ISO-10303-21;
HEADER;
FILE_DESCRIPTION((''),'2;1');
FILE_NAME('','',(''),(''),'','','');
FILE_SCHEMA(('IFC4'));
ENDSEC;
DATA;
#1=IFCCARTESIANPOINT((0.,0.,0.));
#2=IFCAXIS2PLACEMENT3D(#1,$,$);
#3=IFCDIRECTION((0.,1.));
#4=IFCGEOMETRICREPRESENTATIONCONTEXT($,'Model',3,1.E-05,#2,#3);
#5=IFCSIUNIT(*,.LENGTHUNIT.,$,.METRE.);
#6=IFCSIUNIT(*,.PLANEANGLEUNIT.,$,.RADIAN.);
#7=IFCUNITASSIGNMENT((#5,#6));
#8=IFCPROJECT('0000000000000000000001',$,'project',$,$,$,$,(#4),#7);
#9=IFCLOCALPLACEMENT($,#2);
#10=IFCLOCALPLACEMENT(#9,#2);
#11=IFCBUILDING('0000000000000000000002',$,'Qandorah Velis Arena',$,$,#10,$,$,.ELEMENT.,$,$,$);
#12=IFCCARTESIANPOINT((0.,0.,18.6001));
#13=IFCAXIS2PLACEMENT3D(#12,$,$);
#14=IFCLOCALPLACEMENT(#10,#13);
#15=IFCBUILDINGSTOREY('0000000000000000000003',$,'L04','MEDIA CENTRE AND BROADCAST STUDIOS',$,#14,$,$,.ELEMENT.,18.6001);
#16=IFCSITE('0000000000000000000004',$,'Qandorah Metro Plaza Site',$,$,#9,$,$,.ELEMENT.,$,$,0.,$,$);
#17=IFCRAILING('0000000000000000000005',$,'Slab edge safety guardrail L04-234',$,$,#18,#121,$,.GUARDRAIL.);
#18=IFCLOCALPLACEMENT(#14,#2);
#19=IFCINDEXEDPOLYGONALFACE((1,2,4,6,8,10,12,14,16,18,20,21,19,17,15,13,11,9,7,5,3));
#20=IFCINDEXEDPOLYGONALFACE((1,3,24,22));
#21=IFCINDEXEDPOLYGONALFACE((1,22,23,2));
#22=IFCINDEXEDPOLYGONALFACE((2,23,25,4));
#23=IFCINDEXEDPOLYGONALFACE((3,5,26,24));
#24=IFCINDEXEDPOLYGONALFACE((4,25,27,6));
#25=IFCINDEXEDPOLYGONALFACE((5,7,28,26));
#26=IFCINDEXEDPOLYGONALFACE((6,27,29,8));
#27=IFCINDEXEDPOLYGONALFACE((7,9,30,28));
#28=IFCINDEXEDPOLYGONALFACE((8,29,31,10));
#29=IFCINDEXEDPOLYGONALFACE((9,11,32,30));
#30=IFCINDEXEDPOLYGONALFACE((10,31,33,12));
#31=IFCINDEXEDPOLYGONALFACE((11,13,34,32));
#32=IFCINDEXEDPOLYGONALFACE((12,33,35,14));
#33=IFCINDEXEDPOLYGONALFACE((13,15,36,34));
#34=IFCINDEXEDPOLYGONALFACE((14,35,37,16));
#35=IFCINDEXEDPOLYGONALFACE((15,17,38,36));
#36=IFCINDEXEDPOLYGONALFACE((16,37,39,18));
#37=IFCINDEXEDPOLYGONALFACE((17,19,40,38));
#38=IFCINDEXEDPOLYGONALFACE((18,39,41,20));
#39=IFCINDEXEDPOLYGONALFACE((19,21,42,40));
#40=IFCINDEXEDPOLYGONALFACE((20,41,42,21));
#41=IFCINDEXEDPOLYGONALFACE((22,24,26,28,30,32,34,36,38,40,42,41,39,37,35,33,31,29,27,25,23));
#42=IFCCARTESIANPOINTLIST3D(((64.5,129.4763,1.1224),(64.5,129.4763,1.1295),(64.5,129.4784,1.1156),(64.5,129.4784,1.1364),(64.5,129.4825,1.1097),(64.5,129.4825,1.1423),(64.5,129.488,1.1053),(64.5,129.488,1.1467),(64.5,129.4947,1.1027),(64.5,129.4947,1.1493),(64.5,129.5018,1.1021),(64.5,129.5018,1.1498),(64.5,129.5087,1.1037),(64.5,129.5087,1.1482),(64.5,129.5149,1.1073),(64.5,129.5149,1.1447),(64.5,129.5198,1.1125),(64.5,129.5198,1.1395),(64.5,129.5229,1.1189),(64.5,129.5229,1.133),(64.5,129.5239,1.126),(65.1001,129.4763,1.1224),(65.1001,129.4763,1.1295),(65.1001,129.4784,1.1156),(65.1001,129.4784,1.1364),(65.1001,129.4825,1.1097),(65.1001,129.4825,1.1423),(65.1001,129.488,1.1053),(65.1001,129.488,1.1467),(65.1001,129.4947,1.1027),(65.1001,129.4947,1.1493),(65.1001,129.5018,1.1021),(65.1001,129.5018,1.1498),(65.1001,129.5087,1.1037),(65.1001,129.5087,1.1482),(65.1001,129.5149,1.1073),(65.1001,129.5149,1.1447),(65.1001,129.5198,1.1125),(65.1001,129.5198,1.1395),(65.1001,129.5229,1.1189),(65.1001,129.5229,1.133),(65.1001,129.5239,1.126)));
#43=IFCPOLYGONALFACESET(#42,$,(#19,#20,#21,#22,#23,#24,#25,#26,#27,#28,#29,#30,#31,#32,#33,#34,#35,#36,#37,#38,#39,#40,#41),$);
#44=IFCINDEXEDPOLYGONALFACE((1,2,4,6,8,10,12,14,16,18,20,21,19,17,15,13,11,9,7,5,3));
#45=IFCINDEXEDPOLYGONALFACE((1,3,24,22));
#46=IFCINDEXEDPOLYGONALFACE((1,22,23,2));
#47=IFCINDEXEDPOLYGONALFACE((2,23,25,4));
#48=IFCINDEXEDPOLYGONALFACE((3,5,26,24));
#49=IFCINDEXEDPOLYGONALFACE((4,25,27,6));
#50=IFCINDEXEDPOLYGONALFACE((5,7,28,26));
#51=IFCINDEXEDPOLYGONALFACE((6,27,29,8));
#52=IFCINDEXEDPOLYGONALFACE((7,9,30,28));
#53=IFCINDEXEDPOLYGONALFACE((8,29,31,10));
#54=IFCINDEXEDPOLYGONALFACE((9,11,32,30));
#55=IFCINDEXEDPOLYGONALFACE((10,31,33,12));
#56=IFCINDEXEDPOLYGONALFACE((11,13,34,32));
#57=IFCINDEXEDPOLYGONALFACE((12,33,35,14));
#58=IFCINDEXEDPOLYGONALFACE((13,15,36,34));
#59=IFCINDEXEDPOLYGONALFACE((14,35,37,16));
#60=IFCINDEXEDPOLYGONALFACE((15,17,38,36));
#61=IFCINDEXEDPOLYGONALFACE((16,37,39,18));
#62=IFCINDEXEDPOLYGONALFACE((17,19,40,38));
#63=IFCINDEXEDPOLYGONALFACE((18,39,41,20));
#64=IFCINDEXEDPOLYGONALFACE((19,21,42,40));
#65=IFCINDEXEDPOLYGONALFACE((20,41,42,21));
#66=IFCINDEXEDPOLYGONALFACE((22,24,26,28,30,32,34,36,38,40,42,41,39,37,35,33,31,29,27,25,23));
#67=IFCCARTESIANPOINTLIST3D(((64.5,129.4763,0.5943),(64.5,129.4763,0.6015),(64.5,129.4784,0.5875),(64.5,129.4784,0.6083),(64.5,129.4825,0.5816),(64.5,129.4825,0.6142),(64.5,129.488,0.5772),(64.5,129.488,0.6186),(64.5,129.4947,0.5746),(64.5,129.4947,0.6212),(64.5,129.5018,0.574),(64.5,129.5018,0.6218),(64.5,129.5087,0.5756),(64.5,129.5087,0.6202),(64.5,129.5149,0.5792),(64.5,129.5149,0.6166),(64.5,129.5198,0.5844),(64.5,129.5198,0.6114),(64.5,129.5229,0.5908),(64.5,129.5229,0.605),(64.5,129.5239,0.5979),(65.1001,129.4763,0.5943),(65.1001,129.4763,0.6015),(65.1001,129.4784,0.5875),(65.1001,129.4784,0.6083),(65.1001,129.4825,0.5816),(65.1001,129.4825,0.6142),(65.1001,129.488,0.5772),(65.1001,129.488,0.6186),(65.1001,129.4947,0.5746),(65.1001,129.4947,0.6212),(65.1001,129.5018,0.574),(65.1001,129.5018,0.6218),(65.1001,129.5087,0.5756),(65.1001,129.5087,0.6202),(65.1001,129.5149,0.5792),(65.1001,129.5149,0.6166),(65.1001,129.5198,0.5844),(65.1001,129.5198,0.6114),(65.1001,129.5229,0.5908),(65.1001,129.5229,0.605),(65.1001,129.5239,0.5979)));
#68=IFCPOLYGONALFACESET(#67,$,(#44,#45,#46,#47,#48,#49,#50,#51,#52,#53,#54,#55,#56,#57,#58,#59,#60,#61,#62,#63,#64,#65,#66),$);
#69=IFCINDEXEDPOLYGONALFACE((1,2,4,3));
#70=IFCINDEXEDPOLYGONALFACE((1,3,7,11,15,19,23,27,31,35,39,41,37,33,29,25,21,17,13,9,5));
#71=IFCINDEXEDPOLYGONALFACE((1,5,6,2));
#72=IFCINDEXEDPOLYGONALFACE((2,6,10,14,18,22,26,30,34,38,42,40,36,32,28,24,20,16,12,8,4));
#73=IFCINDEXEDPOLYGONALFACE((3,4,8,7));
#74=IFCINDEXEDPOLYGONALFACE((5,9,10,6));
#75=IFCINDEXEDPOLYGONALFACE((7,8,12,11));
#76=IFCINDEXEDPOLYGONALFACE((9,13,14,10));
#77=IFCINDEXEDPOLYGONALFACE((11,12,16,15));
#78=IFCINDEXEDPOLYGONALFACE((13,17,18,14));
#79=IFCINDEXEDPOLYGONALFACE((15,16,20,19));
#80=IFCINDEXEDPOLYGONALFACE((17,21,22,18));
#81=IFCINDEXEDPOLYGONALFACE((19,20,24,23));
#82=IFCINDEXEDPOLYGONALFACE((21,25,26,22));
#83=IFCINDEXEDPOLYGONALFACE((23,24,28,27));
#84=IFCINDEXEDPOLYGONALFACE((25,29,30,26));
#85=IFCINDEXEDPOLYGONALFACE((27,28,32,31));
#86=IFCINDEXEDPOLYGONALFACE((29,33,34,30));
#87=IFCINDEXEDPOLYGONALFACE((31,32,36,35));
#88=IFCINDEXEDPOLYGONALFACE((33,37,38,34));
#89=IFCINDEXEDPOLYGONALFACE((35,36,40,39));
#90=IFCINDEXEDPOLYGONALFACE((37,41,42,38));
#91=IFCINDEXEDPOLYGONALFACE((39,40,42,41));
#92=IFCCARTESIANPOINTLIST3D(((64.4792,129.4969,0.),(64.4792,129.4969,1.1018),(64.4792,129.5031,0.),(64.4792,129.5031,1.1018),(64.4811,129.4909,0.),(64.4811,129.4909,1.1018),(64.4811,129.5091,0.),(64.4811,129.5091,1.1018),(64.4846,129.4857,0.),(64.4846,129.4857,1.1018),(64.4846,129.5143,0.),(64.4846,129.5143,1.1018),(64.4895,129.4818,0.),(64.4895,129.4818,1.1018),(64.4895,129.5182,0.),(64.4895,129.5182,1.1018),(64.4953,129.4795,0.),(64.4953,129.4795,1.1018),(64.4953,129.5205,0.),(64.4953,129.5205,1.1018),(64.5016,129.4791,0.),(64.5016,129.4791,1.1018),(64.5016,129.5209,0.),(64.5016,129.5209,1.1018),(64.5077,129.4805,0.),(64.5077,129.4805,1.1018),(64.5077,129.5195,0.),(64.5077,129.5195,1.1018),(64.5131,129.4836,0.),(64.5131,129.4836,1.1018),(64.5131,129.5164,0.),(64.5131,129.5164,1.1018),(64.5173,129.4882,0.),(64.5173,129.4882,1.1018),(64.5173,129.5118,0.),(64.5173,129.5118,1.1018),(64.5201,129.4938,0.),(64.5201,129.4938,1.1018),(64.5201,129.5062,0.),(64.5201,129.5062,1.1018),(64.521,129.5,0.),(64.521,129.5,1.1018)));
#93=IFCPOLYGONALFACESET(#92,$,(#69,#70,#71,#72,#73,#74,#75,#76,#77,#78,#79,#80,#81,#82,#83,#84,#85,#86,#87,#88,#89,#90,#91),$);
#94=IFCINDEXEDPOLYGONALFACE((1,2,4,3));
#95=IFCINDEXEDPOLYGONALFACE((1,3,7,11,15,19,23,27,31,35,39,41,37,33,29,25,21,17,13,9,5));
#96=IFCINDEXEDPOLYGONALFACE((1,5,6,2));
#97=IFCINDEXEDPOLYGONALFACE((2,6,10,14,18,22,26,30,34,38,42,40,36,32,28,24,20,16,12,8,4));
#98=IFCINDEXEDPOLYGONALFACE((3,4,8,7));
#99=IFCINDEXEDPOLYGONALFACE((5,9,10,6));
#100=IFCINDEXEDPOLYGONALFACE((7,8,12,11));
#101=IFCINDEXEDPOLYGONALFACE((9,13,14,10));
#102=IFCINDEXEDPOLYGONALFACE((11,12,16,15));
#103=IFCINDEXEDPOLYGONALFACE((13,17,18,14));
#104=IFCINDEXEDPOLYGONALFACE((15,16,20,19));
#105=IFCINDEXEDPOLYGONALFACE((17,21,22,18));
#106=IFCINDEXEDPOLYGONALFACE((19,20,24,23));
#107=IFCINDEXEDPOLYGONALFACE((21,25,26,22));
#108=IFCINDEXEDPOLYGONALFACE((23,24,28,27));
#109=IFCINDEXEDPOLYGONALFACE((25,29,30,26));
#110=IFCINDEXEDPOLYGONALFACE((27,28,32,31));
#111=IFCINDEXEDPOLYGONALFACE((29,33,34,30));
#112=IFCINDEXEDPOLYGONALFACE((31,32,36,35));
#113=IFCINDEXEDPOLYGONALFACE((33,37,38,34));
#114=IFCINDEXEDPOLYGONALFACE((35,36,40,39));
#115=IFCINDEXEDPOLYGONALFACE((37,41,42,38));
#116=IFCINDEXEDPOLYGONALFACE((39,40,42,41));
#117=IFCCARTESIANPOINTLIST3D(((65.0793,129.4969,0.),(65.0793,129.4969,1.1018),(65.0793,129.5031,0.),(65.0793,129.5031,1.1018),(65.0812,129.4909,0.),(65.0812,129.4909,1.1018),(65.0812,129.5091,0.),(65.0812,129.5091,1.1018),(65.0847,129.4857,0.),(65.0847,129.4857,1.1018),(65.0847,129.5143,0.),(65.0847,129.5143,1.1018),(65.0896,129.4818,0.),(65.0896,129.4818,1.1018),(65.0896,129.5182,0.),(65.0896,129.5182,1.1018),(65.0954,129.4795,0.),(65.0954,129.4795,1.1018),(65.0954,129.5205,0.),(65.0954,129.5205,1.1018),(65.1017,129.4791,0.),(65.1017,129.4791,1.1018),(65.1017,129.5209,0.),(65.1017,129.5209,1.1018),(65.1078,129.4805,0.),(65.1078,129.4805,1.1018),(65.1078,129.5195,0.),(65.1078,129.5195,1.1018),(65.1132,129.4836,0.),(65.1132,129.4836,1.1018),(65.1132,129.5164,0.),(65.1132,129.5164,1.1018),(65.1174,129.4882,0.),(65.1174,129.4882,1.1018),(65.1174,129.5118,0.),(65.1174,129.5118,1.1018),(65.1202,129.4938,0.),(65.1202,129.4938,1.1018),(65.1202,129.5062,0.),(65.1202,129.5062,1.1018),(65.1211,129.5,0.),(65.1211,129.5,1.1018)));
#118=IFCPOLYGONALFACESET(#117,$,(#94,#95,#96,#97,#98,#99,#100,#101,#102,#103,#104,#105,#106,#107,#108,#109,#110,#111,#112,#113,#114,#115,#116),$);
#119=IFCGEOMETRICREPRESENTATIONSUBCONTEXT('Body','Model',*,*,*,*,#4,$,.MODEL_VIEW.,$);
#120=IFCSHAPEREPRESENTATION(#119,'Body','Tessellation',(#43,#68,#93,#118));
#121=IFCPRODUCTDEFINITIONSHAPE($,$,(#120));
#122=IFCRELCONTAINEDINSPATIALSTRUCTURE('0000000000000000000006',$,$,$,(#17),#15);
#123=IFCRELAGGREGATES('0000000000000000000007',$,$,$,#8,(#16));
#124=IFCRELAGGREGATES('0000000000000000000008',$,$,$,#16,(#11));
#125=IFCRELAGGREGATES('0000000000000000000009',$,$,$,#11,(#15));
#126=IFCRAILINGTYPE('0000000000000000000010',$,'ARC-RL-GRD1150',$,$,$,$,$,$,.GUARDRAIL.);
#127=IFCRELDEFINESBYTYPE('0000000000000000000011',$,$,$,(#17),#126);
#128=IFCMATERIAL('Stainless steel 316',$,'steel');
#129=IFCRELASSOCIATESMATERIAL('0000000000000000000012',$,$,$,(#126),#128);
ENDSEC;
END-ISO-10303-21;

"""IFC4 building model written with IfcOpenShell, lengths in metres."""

from ifc_helpers import new_model, si_unit, direction, frame, origin, origin_2d, place, context, subcontext, project, spatial, circle, extrude, material, type_object, element, save


model = new_model("IFC4")

# Units and contexts
model_context = context("Model", 3, precision=1e-05, world=origin(), true_north=direction((0.0, 1.0)))
body_context = subcontext(model_context, "Body", "Model", "MODEL_VIEW")
ifc_project = project(units=[si_unit("LENGTHUNIT", "METRE"), si_unit("PLANEANGLEUNIT", "RADIAN")], contexts=[model_context])

# Site, building, storey
site_placement = place(None, origin())
site = spatial("IfcSite", under=ifc_project, at=site_placement, Name="Qandorah Metro Plaza Site", CompositionType="ELEMENT", RefElevation=0.0)
building_placement = place(site_placement, origin())
building = spatial("IfcBuilding", under=site, at=building_placement, Name="Qandorah Velis Arena", CompositionType="ELEMENT")
storey_placement = place(building_placement, frame((0.0, 0.0, 18.6001)))
storey = spatial("IfcBuildingStorey", under=building, at=storey_placement, Name="L04", Description="MEDIA CENTRE AND BROADCAST STUDIOS", CompositionType="ELEMENT", Elevation=18.6001)

# Railing
ifc_material_1 = material(Name="Stainless steel 316", Category="steel")
railing_type_1 = type_object("IfcRailingType", Name="ARC-RL-GRD1150", PredefinedType="GUARDRAIL", material=ifc_material_1)
railing_1_placement = place(storey_placement, frame((64.5, 129.5, 0.0)))
element("IfcRailing", 1, at=railing_1_placement, inside=storey, type_object=railing_type_1, Name="Slab edge safety guardrail L04-234", PredefinedType="GUARDRAIL", context=body_context, shape_type="SweptSolid", body=[
    extrude(circle(Radius=0.0239, at=origin_2d()), frame((0.0, 0.0, 1.126), z_axis=(1.0, 0.0, 0.0), x_axis=(0.0, 1.0, 0.0)), (0.0, 0.0, 1.0), 0.6001),
    extrude(circle(Radius=0.0239, at=origin_2d()), frame((0.0, 0.0, 0.5979), z_axis=(1.0, 0.0, 0.0), x_axis=(0.0, 1.0, 0.0)), (0.0, 0.0, 1.0), 0.6001),
    extrude(circle(Radius=0.021, at=origin_2d()), origin(), (0.0, 0.0, 1.0), 1.1018),
    extrude(circle(Radius=0.021, at=origin_2d()), frame((0.6001, 0.0, 0.0)), (0.0, 0.0, 1.0), 1.1018),
])

save(model, "model.ifc")
